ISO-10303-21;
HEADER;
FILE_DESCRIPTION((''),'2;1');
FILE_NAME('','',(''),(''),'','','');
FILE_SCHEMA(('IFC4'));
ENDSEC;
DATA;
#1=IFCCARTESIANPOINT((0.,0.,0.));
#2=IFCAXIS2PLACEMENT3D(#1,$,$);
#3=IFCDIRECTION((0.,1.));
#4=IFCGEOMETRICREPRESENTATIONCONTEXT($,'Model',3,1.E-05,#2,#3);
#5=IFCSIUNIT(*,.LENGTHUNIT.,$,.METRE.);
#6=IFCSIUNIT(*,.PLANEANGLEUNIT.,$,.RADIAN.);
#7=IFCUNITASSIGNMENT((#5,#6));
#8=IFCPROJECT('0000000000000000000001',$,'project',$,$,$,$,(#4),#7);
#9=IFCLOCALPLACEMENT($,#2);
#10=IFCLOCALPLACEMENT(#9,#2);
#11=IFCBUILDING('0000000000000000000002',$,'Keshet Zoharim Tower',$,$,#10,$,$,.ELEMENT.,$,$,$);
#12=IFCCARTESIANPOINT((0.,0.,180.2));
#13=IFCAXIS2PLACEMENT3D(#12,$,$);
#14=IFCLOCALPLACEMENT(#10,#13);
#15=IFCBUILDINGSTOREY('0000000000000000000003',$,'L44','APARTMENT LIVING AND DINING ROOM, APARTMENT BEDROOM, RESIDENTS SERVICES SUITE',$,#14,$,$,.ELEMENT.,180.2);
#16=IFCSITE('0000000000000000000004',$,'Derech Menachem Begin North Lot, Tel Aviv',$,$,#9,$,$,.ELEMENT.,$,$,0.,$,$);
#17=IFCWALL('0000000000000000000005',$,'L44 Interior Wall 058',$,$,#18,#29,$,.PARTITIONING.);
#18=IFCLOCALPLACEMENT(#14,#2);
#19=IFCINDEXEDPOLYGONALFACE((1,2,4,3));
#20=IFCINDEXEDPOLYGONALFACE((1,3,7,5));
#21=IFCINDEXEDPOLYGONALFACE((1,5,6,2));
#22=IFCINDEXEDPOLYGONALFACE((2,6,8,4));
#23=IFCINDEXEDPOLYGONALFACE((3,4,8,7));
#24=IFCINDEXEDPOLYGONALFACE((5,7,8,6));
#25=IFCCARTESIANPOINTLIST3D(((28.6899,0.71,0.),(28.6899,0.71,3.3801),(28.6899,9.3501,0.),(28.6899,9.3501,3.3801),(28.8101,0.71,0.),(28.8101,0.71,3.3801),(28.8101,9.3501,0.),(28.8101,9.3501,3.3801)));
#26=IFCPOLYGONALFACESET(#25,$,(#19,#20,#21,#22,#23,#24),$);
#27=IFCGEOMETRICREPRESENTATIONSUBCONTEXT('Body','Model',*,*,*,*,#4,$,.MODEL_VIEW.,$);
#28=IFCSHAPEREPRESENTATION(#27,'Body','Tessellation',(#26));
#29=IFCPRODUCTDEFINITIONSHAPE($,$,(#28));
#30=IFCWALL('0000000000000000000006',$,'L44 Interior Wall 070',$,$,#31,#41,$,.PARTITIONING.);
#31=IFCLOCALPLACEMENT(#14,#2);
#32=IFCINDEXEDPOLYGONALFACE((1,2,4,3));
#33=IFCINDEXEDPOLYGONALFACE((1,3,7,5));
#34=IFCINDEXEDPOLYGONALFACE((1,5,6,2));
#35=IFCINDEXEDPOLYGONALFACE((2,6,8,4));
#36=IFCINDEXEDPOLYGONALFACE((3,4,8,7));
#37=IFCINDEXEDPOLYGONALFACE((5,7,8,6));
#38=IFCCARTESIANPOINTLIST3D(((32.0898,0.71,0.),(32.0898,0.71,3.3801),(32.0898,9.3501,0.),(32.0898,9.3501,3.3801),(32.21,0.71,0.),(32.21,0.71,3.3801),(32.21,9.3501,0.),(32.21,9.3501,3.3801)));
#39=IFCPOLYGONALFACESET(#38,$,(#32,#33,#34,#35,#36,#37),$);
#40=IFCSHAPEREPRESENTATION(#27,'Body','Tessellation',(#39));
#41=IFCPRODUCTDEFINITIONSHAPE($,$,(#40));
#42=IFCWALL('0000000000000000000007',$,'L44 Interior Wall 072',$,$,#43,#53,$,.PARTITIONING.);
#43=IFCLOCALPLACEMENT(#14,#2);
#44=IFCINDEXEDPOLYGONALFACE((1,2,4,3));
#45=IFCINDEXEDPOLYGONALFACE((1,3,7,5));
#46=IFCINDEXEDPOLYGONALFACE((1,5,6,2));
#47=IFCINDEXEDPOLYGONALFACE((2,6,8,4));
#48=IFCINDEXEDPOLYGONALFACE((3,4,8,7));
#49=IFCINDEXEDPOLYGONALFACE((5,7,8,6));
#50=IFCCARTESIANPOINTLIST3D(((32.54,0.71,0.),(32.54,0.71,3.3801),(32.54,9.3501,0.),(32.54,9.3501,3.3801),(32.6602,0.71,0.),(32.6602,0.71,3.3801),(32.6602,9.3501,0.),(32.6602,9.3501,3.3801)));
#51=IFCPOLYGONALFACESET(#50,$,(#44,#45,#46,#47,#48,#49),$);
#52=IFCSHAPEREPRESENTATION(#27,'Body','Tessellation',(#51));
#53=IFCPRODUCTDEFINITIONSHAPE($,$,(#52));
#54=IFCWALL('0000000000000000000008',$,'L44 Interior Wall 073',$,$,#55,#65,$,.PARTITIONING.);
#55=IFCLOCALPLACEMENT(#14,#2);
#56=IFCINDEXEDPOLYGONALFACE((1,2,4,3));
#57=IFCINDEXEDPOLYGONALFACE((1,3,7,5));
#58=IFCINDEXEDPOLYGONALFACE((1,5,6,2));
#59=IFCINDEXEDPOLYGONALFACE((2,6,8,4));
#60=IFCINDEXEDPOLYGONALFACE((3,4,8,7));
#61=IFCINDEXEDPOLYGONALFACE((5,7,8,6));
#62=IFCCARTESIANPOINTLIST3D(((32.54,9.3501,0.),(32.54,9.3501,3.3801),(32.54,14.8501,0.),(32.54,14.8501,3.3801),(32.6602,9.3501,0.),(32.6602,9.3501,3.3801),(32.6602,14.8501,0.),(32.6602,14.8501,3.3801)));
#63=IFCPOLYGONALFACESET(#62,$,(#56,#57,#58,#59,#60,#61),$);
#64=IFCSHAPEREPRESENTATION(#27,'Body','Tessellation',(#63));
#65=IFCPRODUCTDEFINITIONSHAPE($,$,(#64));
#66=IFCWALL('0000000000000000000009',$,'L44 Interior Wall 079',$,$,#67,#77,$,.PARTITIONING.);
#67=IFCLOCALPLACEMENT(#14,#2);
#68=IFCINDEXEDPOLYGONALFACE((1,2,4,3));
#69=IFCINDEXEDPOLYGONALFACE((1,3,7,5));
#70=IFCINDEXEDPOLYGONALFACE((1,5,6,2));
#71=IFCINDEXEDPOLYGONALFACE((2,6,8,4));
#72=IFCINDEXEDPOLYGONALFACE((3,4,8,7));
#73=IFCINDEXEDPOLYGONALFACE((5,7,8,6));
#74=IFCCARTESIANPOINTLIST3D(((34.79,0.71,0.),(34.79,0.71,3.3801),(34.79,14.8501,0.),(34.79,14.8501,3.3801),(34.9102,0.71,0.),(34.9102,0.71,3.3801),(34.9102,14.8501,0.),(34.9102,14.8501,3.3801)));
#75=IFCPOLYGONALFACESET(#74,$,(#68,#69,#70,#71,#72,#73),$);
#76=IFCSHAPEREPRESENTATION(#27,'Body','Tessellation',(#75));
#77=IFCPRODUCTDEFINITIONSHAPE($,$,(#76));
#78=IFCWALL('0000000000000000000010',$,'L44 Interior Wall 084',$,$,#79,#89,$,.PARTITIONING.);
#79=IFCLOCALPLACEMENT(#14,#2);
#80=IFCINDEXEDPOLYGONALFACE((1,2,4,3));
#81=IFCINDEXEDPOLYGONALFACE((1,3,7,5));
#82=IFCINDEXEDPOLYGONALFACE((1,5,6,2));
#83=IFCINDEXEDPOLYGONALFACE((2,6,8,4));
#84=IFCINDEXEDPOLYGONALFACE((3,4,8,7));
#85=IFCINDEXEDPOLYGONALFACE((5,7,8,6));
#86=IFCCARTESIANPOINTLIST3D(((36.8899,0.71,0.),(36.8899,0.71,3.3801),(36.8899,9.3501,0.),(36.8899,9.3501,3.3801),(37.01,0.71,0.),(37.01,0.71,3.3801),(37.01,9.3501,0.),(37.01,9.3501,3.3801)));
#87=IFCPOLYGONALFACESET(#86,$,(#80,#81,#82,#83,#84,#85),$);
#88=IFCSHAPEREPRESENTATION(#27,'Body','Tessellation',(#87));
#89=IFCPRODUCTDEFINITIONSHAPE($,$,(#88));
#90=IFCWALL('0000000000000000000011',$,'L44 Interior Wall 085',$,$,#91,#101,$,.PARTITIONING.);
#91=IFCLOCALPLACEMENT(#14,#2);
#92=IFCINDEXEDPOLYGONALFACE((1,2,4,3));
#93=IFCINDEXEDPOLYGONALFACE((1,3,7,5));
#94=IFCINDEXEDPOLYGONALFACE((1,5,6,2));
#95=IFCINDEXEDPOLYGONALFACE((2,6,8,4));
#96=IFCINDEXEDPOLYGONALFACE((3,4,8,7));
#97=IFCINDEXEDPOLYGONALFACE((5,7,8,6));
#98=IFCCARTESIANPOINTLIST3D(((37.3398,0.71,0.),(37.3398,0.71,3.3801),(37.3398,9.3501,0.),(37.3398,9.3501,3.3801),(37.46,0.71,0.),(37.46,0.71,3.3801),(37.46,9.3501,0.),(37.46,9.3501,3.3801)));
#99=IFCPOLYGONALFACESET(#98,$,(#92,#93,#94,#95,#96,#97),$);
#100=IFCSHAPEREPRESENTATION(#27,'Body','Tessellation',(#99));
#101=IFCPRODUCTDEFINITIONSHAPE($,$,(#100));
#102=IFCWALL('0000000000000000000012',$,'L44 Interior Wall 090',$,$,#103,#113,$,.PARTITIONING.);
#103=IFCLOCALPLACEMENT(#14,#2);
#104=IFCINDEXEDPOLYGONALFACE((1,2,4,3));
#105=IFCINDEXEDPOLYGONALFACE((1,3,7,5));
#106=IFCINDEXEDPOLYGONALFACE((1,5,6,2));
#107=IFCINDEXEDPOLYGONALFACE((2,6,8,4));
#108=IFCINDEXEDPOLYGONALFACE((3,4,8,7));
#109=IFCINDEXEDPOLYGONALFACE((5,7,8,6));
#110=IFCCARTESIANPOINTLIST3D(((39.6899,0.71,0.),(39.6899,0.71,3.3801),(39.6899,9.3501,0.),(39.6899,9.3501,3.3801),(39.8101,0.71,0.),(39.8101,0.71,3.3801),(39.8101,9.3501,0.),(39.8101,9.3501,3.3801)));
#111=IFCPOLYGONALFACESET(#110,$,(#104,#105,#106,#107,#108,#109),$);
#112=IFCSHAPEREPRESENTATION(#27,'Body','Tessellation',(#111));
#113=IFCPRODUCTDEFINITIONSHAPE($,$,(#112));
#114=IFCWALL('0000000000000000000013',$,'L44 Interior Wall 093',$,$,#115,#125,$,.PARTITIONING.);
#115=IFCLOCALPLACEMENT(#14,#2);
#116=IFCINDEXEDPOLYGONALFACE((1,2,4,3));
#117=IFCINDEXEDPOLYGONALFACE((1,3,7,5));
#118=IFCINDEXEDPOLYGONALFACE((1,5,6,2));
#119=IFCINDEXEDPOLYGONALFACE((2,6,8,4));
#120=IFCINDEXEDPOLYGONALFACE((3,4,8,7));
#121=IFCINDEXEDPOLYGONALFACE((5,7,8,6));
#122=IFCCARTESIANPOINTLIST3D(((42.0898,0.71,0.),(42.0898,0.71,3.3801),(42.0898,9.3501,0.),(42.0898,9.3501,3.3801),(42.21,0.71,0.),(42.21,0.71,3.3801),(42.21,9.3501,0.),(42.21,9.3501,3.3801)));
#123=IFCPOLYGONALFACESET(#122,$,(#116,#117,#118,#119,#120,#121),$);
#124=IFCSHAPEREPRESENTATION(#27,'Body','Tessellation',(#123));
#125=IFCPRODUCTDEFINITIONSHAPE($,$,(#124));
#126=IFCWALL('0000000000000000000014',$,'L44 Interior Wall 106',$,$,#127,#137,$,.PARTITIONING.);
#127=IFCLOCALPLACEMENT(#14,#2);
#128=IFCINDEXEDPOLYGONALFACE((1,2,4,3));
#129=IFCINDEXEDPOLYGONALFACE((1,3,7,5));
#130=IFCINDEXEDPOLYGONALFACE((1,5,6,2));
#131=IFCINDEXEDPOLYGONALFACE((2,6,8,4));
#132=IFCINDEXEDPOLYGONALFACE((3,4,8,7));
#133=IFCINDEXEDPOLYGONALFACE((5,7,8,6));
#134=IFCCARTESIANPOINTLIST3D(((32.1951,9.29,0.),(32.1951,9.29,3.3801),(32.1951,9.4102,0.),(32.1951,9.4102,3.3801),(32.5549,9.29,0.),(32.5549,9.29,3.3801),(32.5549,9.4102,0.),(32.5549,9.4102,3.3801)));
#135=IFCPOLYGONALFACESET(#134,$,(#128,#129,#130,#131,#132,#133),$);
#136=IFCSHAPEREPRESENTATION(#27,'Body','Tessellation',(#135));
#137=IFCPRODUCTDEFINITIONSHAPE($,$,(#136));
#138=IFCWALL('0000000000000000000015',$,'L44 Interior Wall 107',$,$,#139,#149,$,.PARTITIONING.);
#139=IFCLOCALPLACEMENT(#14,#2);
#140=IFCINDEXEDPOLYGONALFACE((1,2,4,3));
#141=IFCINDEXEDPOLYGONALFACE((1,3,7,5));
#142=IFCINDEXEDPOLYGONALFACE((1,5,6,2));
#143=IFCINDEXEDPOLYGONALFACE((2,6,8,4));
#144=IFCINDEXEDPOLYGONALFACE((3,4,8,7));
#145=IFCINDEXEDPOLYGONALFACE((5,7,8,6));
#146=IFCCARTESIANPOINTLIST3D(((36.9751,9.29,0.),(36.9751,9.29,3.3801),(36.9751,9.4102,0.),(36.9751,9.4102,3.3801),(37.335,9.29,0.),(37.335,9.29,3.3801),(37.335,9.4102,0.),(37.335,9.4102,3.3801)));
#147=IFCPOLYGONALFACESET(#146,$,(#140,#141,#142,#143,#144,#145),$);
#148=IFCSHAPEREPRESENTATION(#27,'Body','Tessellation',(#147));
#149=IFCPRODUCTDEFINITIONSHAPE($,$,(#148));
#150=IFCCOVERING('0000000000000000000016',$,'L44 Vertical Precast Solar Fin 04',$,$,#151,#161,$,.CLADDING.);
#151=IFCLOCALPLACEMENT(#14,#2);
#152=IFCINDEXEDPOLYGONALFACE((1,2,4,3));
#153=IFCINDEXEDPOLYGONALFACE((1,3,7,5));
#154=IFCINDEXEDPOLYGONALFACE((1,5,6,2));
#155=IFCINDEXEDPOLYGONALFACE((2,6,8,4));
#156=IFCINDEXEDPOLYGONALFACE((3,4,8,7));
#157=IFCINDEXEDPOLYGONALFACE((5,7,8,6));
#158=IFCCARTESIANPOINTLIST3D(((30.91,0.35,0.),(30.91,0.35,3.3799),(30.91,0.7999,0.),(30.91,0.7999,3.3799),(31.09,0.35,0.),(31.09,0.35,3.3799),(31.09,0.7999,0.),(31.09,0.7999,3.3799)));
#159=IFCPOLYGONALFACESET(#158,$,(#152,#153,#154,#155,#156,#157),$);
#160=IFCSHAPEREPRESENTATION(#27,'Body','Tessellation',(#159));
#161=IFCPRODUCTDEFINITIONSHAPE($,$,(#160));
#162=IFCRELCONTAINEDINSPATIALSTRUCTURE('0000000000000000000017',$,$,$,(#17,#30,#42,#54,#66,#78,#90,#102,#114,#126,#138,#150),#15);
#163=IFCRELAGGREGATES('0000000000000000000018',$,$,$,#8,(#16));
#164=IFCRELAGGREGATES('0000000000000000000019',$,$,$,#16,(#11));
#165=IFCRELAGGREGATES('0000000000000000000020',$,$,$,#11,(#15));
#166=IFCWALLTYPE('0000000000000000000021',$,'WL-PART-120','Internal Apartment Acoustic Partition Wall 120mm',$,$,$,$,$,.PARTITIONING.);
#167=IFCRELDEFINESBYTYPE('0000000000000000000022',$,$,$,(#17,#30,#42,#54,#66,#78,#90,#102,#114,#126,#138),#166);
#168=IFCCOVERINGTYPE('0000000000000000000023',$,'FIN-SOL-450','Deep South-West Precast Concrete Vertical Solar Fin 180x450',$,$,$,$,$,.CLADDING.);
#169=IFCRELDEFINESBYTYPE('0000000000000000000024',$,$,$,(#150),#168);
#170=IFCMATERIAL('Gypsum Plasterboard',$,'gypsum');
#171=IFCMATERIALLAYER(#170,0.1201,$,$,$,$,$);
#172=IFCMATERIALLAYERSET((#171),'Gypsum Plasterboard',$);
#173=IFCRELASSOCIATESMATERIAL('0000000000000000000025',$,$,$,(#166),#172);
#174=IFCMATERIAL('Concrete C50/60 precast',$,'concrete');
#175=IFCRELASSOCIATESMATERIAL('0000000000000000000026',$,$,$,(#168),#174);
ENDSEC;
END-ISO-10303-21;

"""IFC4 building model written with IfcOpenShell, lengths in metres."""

from ifc_helpers import new_model, si_unit, direction, frame, frame_2d, origin, origin_2d, place, context, subcontext, project, spatial, rectangle, extrude, material, layer, layer_set, type_object, element, save


model = new_model("IFC4")

# Units and contexts
model_context = context("Model", 3, precision=1e-05, world=origin(), true_north=direction((0.0, 1.0)))
body_context = subcontext(model_context, "Body", "Model", "MODEL_VIEW")
ifc_project = project(units=[si_unit("LENGTHUNIT", "METRE"), si_unit("PLANEANGLEUNIT", "RADIAN")], contexts=[model_context])

# Site, building, storey
site_placement = place(None, origin())
site = spatial("IfcSite", under=ifc_project, at=site_placement, Name="Derech Menachem Begin North Lot, Tel Aviv", CompositionType="ELEMENT", RefElevation=0.0)
building_placement = place(site_placement, origin())
building = spatial("IfcBuilding", under=site, at=building_placement, Name="Keshet Zoharim Tower", CompositionType="ELEMENT")
storey_placement = place(building_placement, frame((0.0, 0.0, 180.2)))
storey = spatial("IfcBuildingStorey", under=building, at=storey_placement, Name="L44", Description="APARTMENT LIVING AND DINING ROOM, APARTMENT BEDROOM, RESIDENTS SERVICES SUITE", CompositionType="ELEMENT", Elevation=180.2)

# Walls
ifc_material_1 = material(Name="Gypsum Plasterboard", Category="gypsum")
ifc_layer_1 = layer(ifc_material_1, 0.1201)
ifc_layer_set_1 = layer_set([ifc_layer_1], Name="Gypsum Plasterboard")
wall_type = type_object("IfcWallType", Name="WL-PART-120", Description="Internal Apartment Acoustic Partition Wall 120mm", PredefinedType="PARTITIONING", material=ifc_layer_set_1)
for number, where, z_axis, x_axis, name in (
    (1, (28.75, 0.71, 0.0), (0.0, 0.0, 1.0), (0.0, 1.0, 0.0), "L44 Interior Wall 058"),
    (2, (32.1499, 0.71, 0.0), (0.0, 0.0, 1.0), (0.0, 1.0, 0.0), "L44 Interior Wall 070"),
    (3, (32.6001, 0.71, 0.0), (0.0, 0.0, 1.0), (0.0, 1.0, 0.0), "L44 Interior Wall 072"),
):
    element("IfcWall", number, at=place(storey_placement, frame(where, z_axis=z_axis, x_axis=x_axis)), inside=storey, type_object=wall_type, Name=name, PredefinedType="PARTITIONING", context=body_context, shape_type="SweptSolid", body=[
        extrude(rectangle(XDim=8.6401, YDim=0.1201, at=frame_2d((4.3201, 0.0))), origin(), (0.0, 0.0, 1.0), 3.3801),
    ])
wall_1_placement = place(storey_placement, frame((32.6001, 9.3501, 0.0), z_axis=(0.0, 0.0, 1.0), x_axis=(0.0, 1.0, 0.0)))
element("IfcWall", 4, at=wall_1_placement, inside=storey, type_object=wall_type, Name="L44 Interior Wall 073", PredefinedType="PARTITIONING", context=body_context, shape_type="SweptSolid", body=[
    extrude(rectangle(XDim=5.5, YDim=0.1201, at=frame_2d((2.75, 0.0))), origin(), (0.0, 0.0, 1.0), 3.3801),
])
wall_2_placement = place(storey_placement, frame((34.8501, 0.71, 0.0), z_axis=(0.0, 0.0, 1.0), x_axis=(0.0, 1.0, 0.0)))
element("IfcWall", 5, at=wall_2_placement, inside=storey, type_object=wall_type, Name="L44 Interior Wall 079", PredefinedType="PARTITIONING", context=body_context, shape_type="SweptSolid", body=[
    extrude(rectangle(XDim=14.1401, YDim=0.1201, at=frame_2d((7.0701, 0.0))), origin(), (0.0, 0.0, 1.0), 3.3801),
])
for number, where, z_axis, x_axis, name in (
    (6, (36.95, 0.71, 0.0), (0.0, 0.0, 1.0), (0.0, 1.0, 0.0), "L44 Interior Wall 084"),
    (7, (37.3999, 0.71, 0.0), (0.0, 0.0, 1.0), (0.0, 1.0, 0.0), "L44 Interior Wall 085"),
    (8, (39.75, 0.71, 0.0), (0.0, 0.0, 1.0), (0.0, 1.0, 0.0), "L44 Interior Wall 090"),
    (9, (42.1499, 0.71, 0.0), (0.0, 0.0, 1.0), (0.0, 1.0, 0.0), "L44 Interior Wall 093"),
):
    element("IfcWall", number, at=place(storey_placement, frame(where, z_axis=z_axis, x_axis=x_axis)), inside=storey, type_object=wall_type, Name=name, PredefinedType="PARTITIONING", context=body_context, shape_type="SweptSolid", body=[
        extrude(rectangle(XDim=8.6401, YDim=0.1201, at=frame_2d((4.3201, 0.0))), origin(), (0.0, 0.0, 1.0), 3.3801),
    ])
for number, where, z_axis, x_axis, name in (
    (10, (32.1951, 9.3501, 0.0), (0.0, 0.0, 1.0), (1.0, 0.0, 0.0), "L44 Interior Wall 106"),
    (11, (36.9751, 9.3501, 0.0), (0.0, 0.0, 1.0), (1.0, 0.0, 0.0), "L44 Interior Wall 107"),
):
    element("IfcWall", number, at=place(storey_placement, frame(where, z_axis=z_axis, x_axis=x_axis)), inside=storey, type_object=wall_type, Name=name, PredefinedType="PARTITIONING", context=body_context, shape_type="SweptSolid", body=[
        extrude(rectangle(XDim=0.3599, YDim=0.1201, at=frame_2d((0.1799, 0.0))), origin(), (0.0, 0.0, 1.0), 3.3801),
    ])

# Covering
ifc_material_2 = material(Name="Concrete C50/60 precast", Category="concrete")
covering_type = type_object("IfcCoveringType", Name="FIN-SOL-450", Description="Deep South-West Precast Concrete Vertical Solar Fin 180x450", PredefinedType="CLADDING", material=ifc_material_2)
covering_placement = place(storey_placement, frame((31.0, 0.575, 0.0), z_axis=(0.0, 0.0, 1.0), x_axis=(-1.0, 0.0, 0.0)))
element("IfcCovering", 12, at=covering_placement, inside=storey, type_object=covering_type, Name="L44 Vertical Precast Solar Fin 04", PredefinedType="CLADDING", context=body_context, shape_type="SweptSolid", body=[
    extrude(rectangle(XDim=0.1799, YDim=0.45, at=origin_2d()), origin(), (0.0, 0.0, 1.0), 3.3799),
])

save(model, "model.ifc")
